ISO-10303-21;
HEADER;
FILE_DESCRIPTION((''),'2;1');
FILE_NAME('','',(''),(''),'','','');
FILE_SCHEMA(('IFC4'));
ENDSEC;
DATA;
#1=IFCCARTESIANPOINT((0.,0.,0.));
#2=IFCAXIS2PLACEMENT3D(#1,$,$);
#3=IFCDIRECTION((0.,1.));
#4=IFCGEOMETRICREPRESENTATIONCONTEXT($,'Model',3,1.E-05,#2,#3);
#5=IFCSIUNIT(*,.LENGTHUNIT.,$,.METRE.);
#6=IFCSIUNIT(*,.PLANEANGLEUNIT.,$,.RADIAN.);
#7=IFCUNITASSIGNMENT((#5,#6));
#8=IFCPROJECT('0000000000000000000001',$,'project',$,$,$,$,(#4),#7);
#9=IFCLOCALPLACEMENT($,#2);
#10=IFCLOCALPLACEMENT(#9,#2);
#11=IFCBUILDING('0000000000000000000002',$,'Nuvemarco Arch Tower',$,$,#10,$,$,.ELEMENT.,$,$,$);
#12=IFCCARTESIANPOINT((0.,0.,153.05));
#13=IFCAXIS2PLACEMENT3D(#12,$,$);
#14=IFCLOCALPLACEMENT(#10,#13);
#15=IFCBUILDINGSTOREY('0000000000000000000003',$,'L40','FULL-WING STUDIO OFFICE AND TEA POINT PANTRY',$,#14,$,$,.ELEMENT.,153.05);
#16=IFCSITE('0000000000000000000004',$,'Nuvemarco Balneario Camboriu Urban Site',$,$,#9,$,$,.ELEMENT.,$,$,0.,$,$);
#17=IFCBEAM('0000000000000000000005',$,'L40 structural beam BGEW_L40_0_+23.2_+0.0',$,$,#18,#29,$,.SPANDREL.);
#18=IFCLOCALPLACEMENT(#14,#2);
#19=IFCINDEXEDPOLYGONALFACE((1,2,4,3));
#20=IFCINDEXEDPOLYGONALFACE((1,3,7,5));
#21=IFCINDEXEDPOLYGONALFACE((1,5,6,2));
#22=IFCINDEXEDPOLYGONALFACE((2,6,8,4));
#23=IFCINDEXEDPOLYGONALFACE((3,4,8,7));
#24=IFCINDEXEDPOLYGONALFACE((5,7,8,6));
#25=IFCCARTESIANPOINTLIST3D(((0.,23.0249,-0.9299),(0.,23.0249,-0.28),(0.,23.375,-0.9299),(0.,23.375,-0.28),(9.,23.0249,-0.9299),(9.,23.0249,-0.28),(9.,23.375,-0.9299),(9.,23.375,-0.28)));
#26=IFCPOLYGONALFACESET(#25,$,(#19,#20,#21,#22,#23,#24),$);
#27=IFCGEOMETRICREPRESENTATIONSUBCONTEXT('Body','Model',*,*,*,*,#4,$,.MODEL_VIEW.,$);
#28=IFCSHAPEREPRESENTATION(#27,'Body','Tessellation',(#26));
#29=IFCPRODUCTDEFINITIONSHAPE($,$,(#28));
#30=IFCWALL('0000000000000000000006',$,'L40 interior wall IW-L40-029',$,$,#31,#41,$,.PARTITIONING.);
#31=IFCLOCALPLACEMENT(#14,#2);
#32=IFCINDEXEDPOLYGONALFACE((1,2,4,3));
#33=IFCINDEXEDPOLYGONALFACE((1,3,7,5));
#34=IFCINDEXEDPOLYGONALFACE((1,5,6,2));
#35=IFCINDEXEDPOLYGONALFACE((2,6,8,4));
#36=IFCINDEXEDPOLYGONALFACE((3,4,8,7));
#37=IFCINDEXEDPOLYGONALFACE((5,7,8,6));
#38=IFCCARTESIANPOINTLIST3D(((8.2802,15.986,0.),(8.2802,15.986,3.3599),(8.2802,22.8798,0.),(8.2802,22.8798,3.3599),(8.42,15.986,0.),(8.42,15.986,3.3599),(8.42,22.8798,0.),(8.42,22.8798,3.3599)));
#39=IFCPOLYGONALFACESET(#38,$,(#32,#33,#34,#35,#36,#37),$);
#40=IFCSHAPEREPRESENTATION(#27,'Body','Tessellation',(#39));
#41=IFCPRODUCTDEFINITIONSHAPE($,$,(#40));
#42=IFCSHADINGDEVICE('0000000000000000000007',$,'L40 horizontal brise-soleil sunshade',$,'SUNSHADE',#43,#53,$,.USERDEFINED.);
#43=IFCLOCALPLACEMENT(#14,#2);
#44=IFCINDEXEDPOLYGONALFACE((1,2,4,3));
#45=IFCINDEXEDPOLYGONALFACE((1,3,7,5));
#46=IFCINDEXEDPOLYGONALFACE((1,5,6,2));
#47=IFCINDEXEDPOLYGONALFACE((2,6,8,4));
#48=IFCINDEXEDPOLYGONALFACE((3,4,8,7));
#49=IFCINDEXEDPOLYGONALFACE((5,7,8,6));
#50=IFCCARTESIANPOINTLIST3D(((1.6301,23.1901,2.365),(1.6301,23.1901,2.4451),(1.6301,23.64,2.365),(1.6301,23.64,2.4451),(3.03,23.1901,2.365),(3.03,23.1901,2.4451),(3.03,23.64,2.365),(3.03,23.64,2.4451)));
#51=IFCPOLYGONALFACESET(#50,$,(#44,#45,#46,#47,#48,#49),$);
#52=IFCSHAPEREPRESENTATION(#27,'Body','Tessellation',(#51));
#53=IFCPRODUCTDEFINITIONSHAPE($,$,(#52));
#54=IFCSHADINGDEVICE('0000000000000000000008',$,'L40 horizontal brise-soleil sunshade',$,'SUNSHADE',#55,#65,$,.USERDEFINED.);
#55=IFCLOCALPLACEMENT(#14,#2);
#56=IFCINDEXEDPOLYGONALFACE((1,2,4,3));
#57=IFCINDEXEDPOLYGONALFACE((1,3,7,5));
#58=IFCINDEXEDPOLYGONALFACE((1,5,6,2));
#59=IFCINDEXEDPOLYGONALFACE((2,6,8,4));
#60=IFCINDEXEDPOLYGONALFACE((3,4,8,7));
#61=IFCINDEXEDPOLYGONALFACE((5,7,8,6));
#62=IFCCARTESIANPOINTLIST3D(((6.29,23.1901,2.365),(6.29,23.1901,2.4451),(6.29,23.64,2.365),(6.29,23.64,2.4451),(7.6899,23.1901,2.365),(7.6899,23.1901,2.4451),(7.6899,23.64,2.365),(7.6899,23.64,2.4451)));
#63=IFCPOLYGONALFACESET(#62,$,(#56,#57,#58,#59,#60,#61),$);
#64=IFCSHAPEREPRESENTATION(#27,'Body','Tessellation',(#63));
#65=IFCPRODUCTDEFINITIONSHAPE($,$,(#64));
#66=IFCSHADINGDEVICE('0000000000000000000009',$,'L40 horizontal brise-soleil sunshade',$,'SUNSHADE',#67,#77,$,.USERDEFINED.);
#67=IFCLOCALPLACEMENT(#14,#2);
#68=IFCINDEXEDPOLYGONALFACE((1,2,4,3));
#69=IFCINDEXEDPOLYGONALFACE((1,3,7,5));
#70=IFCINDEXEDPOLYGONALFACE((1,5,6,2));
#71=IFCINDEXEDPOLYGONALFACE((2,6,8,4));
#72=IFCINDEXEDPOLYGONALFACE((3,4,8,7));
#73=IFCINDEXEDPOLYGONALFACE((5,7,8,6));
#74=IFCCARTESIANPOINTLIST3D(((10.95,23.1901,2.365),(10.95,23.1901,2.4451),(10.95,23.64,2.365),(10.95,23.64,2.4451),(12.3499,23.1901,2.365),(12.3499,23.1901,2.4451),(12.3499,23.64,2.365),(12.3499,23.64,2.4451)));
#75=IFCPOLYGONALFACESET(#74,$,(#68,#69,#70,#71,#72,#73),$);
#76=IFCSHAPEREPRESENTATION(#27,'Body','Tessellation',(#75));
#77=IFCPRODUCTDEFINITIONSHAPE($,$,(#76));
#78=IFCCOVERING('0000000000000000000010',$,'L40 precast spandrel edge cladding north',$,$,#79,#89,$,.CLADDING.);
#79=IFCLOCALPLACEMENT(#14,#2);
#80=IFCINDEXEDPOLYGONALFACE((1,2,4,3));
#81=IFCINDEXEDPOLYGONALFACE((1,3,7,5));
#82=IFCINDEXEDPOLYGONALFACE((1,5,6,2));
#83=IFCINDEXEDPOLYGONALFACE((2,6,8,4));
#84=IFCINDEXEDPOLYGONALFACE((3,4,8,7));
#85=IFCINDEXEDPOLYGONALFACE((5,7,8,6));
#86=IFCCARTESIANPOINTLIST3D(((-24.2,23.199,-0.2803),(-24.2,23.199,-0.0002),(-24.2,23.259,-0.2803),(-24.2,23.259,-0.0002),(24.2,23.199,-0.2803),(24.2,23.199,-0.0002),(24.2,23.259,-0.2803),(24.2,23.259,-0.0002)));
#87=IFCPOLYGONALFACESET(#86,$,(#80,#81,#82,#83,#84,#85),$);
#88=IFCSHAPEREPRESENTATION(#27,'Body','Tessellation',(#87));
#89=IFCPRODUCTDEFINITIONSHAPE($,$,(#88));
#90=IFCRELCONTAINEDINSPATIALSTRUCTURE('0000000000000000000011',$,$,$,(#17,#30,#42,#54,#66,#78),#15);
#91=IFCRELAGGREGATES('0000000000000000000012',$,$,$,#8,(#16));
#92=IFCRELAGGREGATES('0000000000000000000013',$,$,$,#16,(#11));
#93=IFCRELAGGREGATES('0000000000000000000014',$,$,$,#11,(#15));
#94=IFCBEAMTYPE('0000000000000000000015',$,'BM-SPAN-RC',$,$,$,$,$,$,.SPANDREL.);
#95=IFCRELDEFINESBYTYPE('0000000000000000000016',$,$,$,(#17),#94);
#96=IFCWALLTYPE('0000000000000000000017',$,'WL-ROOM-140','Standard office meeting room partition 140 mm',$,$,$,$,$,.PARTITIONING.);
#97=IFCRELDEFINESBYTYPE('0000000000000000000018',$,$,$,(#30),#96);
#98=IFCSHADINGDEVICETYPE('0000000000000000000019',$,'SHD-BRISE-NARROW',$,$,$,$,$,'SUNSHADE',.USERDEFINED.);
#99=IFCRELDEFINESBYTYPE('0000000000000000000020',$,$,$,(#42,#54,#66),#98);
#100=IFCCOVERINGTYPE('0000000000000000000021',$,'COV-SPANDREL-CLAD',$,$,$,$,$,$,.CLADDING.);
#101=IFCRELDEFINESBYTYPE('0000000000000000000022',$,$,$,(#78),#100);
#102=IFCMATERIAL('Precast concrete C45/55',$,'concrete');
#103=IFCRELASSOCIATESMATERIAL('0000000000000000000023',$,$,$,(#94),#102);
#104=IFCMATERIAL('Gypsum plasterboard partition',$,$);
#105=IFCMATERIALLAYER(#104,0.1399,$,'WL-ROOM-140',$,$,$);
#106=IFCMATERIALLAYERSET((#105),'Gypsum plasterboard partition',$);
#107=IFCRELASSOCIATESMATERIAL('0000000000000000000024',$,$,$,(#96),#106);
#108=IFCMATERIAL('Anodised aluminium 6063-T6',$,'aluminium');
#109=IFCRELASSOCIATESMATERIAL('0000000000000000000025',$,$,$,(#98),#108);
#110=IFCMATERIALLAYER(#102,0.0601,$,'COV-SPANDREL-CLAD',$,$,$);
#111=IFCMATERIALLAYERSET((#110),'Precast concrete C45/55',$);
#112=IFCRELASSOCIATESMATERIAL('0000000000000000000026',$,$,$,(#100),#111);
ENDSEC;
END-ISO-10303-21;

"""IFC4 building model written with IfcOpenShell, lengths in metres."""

from ifc_helpers import new_model, si_unit, direction, frame, frame_2d, origin, origin_2d, place, context, subcontext, project, spatial, rectangle, extrude, source, transform, mapped, material, layer, layer_set, material_profile, profile_set, type_object, type_shapes, element, save


model = new_model("IFC4")

# Units and contexts
model_context = context("Model", 3, precision=1e-05, world=origin(), true_north=direction((0.0, 1.0)))
body_context = subcontext(model_context, "Body", "Model", "MODEL_VIEW")
ifc_project = project(units=[si_unit("LENGTHUNIT", "METRE"), si_unit("PLANEANGLEUNIT", "RADIAN")], contexts=[model_context])

# Site, building, storey
site_placement = place(None, origin())
site = spatial("IfcSite", under=ifc_project, at=site_placement, Name="Nuvemarco Balneario Camboriu Urban Site", CompositionType="ELEMENT", RefElevation=0.0)
building_placement = place(site_placement, origin())
building = spatial("IfcBuilding", under=site, at=building_placement, Name="Nuvemarco Arch Tower", CompositionType="ELEMENT")
storey_placement = place(building_placement, frame((0.0, 0.0, 153.05)))
storey = spatial("IfcBuildingStorey", under=building, at=storey_placement, Name="L40", Description="FULL-WING STUDIO OFFICE AND TEA POINT PANTRY", CompositionType="ELEMENT", Elevation=153.05)

# Beam
ifc_material_1 = material(Name="Precast concrete C45/55", Category="concrete")
ifc_material_profile_1 = material_profile(ifc_material_1, rectangle(XDim=0.3501, YDim=0.6499, at=origin_2d()), Name="PC-SP-350x650")
ifc_profile_set_1 = profile_set([ifc_material_profile_1], Name="Precast concrete C45/55")
beam_type_1 = type_object("IfcBeamType", Name="BM-SPAN-RC", PredefinedType="SPANDREL", material=ifc_profile_set_1)
beam_1_placement = place(storey_placement, frame((0.0, 23.2, -0.605), z_axis=(1.0, 0.0, 0.0), x_axis=(0.0, 1.0, 0.0)))
element("IfcBeam", 1, at=beam_1_placement, inside=storey, type_object=beam_type_1, Name="L40 structural beam BGEW_L40_0_+23.2_+0.0", PredefinedType="SPANDREL", context=body_context, shape_type="SweptSolid", body=[
    extrude(rectangle(XDim=0.3501, YDim=0.6499, at=origin_2d()), origin(), (0.0, 0.0, 1.0), 9.0),
])

# Wall
ifc_material_2 = material(Name="Gypsum plasterboard partition")
ifc_layer_1 = layer(ifc_material_2, 0.1399, Name="WL-ROOM-140")
ifc_layer_set_1 = layer_set([ifc_layer_1], Name="Gypsum plasterboard partition")
wall_type = type_object("IfcWallType", Name="WL-ROOM-140", Description="Standard office meeting room partition 140 mm", PredefinedType="PARTITIONING", material=ifc_layer_set_1)
wall_placement = place(storey_placement, frame((8.3501, 15.9861, 0.0), z_axis=(0.0, 0.0, 1.0), x_axis=(0.0, 1.0, 0.0)))
element("IfcWall", 2, at=wall_placement, inside=storey, type_object=wall_type, Name="L40 interior wall IW-L40-029", PredefinedType="PARTITIONING", context=body_context, shape_type="SweptSolid", body=[
    extrude(rectangle(XDim=6.8938, YDim=0.1399, at=frame_2d((3.4468, 0.0))), origin(), (0.0, 0.0, 1.0), 3.3599),
])

# Shading devices
ifc_material_3 = material(Name="Anodised aluminium 6063-T6", Category="aluminium")
shading_device_type = type_object("IfcShadingDeviceType", Name="SHD-BRISE-NARROW", ElementType="SUNSHADE", PredefinedType="USERDEFINED", material=ifc_material_3)
shared_shape_1 = source(origin(), body_context, "Body", "SweptSolid", [
    extrude(rectangle(XDim=1.3999, YDim=0.45, at=origin_2d()), origin(), (0.0, 0.0, 1.0), 0.0801),
])
type_shapes(shading_device_type, [shared_shape_1])
for number, where, z_axis, x_axis, name in (
    (3, (2.3301, 23.415, 2.365), (0.0, 0.0, 1.0), (1.0, 0.0, 0.0), "L40 horizontal brise-soleil sunshade"),
    (4, (6.99, 23.415, 2.365), (0.0, 0.0, 1.0), (1.0, 0.0, 0.0), "L40 horizontal brise-soleil sunshade"),
    (5, (11.6499, 23.415, 2.365), (0.0, 0.0, 1.0), (1.0, 0.0, 0.0), "L40 horizontal brise-soleil sunshade"),
):
    element("IfcShadingDevice", number, at=place(storey_placement, frame(where, z_axis=z_axis, x_axis=x_axis)), inside=storey, type_object=shading_device_type, Name=name, ObjectType="SUNSHADE", PredefinedType="USERDEFINED", context=body_context, shape_type="MappedRepresentation", body=[
        mapped(shared_shape_1, transform((0.0, 0.0, 0.0), scale=1.0)),
    ])

# Covering
ifc_layer_2 = layer(ifc_material_1, 0.0601, Name="COV-SPANDREL-CLAD")
ifc_layer_set_2 = layer_set([ifc_layer_2], Name="Precast concrete C45/55")
covering_type = type_object("IfcCoveringType", Name="COV-SPANDREL-CLAD", PredefinedType="CLADDING", material=ifc_layer_set_2)
shared_shape_2 = source(origin(), body_context, "Body", "SweptSolid", [
    extrude(rectangle(XDim=48.3999, YDim=0.0601, at=origin_2d()), origin(), (0.0, 0.0, 1.0), 0.28),
])
type_shapes(covering_type, [shared_shape_2])
covering_placement = place(storey_placement, frame((0.0, 23.229, -0.2803), z_axis=(0.0, 0.0, 1.0), x_axis=(1.0, 0.0, 0.0)))
element("IfcCovering", 6, at=covering_placement, inside=storey, type_object=covering_type, Name="L40 precast spandrel edge cladding north", PredefinedType="CLADDING", context=body_context, shape_type="MappedRepresentation", body=[
    mapped(shared_shape_2, transform((0.0, 0.0, 0.0), scale=1.0)),
])

save(model, "model.ifc")
